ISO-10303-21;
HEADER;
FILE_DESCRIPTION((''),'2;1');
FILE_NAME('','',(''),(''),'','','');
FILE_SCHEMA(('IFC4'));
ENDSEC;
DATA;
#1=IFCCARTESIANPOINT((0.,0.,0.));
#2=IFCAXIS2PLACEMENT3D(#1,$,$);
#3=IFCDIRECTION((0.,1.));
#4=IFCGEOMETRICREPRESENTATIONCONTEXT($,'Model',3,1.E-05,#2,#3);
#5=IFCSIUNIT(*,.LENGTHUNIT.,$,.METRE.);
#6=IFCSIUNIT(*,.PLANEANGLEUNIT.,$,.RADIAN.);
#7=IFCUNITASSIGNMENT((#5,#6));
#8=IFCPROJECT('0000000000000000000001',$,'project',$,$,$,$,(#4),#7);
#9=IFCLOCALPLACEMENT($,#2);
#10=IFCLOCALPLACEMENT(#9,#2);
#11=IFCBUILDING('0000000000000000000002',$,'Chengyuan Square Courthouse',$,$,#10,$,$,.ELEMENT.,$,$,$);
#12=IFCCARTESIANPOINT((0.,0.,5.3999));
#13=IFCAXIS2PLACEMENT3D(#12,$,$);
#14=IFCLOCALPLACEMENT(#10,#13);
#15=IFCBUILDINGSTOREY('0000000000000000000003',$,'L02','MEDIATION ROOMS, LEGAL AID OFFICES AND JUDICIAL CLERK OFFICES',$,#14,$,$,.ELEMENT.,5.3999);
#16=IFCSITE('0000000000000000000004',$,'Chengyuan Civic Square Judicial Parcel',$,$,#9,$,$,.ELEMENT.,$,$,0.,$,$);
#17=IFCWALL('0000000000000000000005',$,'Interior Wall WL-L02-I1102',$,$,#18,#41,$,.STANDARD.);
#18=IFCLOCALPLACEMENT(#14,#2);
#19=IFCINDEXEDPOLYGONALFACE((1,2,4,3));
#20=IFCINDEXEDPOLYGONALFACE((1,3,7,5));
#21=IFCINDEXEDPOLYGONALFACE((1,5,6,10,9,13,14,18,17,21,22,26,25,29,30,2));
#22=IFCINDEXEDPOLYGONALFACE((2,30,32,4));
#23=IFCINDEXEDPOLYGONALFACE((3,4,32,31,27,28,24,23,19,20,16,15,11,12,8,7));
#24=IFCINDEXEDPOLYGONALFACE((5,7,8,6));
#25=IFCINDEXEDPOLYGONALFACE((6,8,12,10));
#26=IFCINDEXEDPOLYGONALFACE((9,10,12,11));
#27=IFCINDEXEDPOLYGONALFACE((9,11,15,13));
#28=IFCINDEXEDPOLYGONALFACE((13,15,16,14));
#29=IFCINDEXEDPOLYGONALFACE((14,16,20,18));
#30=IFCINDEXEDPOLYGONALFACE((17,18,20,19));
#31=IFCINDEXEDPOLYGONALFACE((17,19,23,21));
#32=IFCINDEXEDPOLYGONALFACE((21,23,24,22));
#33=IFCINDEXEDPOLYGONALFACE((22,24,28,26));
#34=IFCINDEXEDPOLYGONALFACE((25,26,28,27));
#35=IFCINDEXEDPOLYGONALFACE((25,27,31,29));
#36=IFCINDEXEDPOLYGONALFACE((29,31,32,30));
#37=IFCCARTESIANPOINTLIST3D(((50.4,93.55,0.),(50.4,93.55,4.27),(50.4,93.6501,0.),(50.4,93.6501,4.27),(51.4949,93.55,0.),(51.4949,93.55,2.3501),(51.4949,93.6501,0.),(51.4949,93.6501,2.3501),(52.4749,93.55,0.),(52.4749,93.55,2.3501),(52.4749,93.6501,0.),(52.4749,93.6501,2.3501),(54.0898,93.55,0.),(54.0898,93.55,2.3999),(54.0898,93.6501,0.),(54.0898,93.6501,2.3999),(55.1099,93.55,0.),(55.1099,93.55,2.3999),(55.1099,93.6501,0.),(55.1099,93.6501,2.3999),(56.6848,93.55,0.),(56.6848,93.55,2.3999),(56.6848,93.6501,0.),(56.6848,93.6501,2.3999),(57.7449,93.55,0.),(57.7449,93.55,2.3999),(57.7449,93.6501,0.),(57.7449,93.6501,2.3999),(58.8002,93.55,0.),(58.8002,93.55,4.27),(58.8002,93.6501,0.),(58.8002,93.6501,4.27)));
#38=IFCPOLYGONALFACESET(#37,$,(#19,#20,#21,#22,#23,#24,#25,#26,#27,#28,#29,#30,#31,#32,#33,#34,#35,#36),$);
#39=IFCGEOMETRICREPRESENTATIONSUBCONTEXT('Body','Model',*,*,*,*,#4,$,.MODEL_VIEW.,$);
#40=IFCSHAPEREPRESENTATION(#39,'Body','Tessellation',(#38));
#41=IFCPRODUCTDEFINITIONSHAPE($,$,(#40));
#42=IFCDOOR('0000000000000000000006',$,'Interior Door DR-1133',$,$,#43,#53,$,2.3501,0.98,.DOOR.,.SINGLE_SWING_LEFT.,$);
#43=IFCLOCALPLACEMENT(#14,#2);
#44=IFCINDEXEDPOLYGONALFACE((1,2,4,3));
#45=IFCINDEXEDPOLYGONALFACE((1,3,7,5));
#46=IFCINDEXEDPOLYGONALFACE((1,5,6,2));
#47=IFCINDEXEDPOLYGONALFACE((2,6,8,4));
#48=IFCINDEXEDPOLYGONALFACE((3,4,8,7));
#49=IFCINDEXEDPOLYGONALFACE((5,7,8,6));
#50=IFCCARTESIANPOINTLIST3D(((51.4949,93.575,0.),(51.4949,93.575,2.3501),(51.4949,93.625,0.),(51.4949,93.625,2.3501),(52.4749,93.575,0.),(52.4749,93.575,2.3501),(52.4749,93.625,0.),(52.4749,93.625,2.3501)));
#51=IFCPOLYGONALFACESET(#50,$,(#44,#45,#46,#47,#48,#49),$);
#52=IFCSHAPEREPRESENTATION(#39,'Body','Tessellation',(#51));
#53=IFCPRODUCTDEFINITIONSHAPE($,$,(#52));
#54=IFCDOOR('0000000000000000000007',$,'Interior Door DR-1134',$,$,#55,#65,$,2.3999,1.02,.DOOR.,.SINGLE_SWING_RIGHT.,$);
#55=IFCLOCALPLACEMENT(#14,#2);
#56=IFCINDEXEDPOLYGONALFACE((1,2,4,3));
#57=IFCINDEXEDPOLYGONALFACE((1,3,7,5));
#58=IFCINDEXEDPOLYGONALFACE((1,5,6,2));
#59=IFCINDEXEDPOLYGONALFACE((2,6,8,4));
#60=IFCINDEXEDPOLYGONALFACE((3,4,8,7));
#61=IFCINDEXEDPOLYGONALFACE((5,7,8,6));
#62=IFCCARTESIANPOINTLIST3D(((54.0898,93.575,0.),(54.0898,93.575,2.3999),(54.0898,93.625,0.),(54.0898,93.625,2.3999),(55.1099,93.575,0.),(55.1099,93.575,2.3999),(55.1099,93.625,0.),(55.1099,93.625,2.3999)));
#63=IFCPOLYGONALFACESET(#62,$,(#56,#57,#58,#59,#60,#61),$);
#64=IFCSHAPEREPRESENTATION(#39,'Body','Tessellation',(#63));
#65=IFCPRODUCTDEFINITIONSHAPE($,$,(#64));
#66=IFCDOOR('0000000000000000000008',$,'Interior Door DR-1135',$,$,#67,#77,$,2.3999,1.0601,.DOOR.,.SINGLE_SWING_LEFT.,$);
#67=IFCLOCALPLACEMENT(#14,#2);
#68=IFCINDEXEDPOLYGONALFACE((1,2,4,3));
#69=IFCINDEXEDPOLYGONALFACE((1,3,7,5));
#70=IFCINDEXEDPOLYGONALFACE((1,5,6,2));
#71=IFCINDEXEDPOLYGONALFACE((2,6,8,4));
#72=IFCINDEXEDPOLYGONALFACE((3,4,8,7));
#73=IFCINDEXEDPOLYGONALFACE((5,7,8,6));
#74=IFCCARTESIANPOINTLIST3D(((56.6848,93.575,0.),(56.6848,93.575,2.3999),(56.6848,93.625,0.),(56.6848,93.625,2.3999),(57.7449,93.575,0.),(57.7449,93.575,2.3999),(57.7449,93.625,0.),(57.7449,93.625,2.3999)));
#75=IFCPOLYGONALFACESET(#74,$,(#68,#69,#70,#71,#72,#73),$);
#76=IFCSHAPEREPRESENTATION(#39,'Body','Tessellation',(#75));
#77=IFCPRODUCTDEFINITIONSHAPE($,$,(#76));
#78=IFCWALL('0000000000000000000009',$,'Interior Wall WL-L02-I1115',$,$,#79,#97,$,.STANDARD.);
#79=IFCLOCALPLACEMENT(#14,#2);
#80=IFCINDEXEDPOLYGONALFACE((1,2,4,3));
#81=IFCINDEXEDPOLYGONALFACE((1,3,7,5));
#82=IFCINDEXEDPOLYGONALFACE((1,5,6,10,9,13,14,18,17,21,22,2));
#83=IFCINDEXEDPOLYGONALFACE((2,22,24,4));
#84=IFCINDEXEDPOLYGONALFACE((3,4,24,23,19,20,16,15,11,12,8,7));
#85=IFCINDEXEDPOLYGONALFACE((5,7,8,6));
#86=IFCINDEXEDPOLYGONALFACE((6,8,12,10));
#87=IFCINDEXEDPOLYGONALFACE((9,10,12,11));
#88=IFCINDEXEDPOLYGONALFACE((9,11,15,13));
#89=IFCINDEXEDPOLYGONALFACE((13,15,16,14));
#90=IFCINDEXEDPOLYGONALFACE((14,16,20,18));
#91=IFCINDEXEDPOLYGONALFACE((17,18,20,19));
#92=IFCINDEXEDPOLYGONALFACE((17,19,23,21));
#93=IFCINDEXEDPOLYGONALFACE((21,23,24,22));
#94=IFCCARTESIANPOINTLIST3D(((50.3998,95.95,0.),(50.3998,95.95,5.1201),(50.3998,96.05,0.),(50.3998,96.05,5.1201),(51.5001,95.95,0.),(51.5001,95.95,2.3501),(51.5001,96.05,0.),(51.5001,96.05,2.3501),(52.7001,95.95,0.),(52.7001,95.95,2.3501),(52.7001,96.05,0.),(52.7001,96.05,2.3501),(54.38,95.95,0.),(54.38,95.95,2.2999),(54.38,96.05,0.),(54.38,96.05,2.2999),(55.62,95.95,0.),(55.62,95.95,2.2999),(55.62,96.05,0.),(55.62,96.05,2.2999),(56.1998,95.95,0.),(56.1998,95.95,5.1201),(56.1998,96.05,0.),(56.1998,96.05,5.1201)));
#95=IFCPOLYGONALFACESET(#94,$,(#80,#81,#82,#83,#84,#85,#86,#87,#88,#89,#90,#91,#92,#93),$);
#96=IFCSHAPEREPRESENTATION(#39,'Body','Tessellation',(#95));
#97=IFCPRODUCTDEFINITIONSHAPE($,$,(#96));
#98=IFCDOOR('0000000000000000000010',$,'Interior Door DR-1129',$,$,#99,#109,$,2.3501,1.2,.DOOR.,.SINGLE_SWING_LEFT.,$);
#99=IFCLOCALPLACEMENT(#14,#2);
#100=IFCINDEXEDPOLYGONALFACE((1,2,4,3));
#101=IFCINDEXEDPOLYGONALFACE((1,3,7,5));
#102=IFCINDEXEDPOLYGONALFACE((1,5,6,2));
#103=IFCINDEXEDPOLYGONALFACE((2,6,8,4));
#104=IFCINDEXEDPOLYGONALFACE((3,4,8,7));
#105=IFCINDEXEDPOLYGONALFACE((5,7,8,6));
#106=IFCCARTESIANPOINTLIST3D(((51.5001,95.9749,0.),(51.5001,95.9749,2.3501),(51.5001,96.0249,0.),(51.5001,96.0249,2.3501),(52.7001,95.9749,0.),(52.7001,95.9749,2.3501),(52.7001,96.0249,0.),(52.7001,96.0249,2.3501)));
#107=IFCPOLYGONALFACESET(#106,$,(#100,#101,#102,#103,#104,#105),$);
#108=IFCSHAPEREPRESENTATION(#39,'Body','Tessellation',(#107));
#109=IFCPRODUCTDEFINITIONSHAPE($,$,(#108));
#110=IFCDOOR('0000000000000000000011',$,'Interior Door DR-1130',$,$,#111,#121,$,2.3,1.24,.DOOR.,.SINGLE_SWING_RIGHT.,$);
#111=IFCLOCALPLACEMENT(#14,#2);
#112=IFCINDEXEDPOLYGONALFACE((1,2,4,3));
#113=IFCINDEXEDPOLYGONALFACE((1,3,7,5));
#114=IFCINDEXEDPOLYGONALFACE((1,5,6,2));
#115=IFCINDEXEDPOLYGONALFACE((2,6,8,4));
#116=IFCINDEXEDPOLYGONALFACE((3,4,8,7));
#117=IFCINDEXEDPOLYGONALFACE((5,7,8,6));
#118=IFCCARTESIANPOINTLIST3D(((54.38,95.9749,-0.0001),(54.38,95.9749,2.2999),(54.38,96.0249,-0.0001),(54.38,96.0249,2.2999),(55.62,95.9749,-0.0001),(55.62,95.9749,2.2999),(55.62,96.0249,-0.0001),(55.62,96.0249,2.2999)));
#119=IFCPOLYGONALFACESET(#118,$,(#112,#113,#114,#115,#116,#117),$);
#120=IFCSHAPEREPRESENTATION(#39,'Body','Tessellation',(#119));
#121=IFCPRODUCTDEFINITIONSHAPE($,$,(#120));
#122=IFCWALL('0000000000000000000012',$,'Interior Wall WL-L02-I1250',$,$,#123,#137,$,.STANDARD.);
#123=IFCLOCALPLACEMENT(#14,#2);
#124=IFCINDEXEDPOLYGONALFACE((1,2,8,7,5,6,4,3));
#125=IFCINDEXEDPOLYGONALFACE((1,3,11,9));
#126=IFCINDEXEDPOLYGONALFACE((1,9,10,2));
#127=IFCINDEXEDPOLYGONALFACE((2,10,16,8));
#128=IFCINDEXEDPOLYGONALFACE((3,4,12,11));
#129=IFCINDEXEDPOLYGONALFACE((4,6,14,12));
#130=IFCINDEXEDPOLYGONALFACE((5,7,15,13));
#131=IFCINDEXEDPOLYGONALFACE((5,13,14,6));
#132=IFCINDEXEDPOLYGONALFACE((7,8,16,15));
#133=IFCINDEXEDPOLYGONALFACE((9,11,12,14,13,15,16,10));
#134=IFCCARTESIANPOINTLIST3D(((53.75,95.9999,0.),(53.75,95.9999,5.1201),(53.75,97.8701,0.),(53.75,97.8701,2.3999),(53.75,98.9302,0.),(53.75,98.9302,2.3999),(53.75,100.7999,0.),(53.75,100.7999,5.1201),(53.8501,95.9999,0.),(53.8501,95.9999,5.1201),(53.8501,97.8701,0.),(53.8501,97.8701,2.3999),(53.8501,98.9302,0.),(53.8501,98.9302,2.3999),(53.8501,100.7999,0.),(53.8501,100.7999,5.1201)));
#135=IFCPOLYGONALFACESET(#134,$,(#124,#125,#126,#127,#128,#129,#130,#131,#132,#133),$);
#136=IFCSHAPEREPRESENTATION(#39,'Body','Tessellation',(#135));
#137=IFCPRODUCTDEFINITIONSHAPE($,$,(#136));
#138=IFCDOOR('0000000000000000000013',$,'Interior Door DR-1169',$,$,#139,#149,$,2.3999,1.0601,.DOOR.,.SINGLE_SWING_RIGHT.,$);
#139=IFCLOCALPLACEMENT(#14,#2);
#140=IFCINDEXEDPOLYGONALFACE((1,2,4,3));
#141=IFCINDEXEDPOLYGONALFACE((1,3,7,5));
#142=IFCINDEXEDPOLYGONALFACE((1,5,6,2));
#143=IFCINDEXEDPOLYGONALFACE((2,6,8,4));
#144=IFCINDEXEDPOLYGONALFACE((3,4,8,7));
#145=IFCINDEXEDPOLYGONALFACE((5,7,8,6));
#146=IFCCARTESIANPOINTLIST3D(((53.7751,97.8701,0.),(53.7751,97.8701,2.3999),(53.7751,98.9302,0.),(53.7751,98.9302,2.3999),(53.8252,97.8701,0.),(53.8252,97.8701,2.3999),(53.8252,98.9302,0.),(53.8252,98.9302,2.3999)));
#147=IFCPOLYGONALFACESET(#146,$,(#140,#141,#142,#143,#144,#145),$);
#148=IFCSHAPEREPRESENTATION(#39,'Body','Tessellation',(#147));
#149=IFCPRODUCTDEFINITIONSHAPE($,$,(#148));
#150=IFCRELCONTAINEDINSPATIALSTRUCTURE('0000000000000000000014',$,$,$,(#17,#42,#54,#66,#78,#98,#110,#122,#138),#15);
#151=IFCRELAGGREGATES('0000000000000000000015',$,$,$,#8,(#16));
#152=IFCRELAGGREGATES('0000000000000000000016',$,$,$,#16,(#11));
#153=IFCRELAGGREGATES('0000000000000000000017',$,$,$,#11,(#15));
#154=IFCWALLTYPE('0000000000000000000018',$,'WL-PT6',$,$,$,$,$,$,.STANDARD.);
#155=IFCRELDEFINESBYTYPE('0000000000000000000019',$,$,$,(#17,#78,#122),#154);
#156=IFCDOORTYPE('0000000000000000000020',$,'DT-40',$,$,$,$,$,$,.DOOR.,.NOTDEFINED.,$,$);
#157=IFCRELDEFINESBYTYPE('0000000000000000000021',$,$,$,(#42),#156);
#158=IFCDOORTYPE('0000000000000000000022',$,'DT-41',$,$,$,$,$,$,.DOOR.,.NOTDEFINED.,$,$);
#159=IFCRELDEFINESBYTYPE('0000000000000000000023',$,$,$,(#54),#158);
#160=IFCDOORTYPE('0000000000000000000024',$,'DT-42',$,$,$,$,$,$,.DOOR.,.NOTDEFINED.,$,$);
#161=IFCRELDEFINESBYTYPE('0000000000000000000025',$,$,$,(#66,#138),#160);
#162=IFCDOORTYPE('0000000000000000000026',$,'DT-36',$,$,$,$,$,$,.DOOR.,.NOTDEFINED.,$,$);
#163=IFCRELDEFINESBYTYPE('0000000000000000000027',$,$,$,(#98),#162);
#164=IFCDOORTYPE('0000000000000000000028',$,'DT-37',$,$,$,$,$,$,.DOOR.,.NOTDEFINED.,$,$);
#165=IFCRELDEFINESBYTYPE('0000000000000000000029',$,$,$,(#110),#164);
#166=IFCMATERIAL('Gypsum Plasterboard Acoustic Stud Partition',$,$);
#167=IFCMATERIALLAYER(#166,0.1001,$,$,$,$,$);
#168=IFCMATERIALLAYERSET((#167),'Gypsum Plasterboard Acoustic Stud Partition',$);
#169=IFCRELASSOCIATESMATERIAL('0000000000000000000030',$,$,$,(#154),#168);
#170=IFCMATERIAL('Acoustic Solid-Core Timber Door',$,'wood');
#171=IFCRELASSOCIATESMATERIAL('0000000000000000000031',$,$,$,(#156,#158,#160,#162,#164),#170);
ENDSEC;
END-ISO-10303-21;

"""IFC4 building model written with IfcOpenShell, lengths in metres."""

from ifc_helpers import new_model, si_unit, direction, frame, frame_2d, origin, place, context, subcontext, project, spatial, rectangle, extrude, material, layer, layer_set, type_object, element, fill, save


model = new_model("IFC4")

# Units and contexts
model_context = context("Model", 3, precision=1e-05, world=origin(), true_north=direction((0.0, 1.0)))
body_context = subcontext(model_context, "Body", "Model", "MODEL_VIEW")
ifc_project = project(units=[si_unit("LENGTHUNIT", "METRE"), si_unit("PLANEANGLEUNIT", "RADIAN")], contexts=[model_context])

# Site, building, storey
site_placement = place(None, origin())
site = spatial("IfcSite", under=ifc_project, at=site_placement, Name="Chengyuan Civic Square Judicial Parcel", CompositionType="ELEMENT", RefElevation=0.0)
building_placement = place(site_placement, origin())
building = spatial("IfcBuilding", under=site, at=building_placement, Name="Chengyuan Square Courthouse", CompositionType="ELEMENT")
storey_placement = place(building_placement, frame((0.0, 0.0, 5.3999)))
storey = spatial("IfcBuildingStorey", under=building, at=storey_placement, Name="L02", Description="MEDIATION ROOMS, LEGAL AID OFFICES AND JUDICIAL CLERK OFFICES", CompositionType="ELEMENT", Elevation=5.3999)

# Shared definitions
ifc_material_1 = material(Name="Acoustic Solid-Core Timber Door", Category="wood")

# Walls, openings, doors
ifc_material_2 = material(Name="Gypsum Plasterboard Acoustic Stud Partition")
ifc_layer_1 = layer(ifc_material_2, 0.1001)
ifc_layer_set_1 = layer_set([ifc_layer_1], Name="Gypsum Plasterboard Acoustic Stud Partition")
wall_type_1 = type_object("IfcWallType", Name="WL-PT6", PredefinedType="STANDARD", material=ifc_layer_set_1)
wall_1_placement = place(storey_placement, frame((50.3999, 93.6001, 0.0), z_axis=(0.0, 0.0, 1.0), x_axis=(1.0, 0.0, 0.0)))
wall_1 = element("IfcWall", 1, at=wall_1_placement, inside=storey, type_object=wall_type_1, Name="Interior Wall WL-L02-I1102", PredefinedType="STANDARD", context=body_context, shape_type="SweptSolid", body=[
    extrude(rectangle(XDim=8.4001, YDim=0.1001, at=frame_2d((4.2002, 0.0))), origin(), (0.0, 0.0, 1.0), 4.27),
])
opening_1_placement = place(wall_1_placement, frame((1.095, 0.0, 0.0)))
opening_1 = element("IfcOpeningElement", 2, at=opening_1_placement, cuts=wall_1, PredefinedType="OPENING", context=body_context, shape_type="SweptSolid", body=[
    extrude(rectangle(XDim=0.98, YDim=2.3501, at=frame_2d((0.49, 1.175))), frame((0.0, 0.062, 0.0), z_axis=(0.0, -1.0, 0.0), x_axis=(1.0, 0.0, 0.0)), (0.0, 0.0, 1.0), 0.124),
])
opening_2_placement = place(wall_1_placement, frame((3.6899, 0.0, 0.0)))
opening_2 = element("IfcOpeningElement", 3, at=opening_2_placement, cuts=wall_1, PredefinedType="OPENING", context=body_context, shape_type="SweptSolid", body=[
    extrude(rectangle(XDim=1.02, YDim=2.3999, at=frame_2d((0.51, 1.2))), frame((0.0, 0.062, 0.0), z_axis=(0.0, -1.0, 0.0), x_axis=(1.0, 0.0, 0.0)), (0.0, 0.0, 1.0), 0.124),
])
opening_3_placement = place(wall_1_placement, frame((6.2849, 0.0, 0.0)))
opening_3 = element("IfcOpeningElement", 4, at=opening_3_placement, cuts=wall_1, PredefinedType="OPENING", context=body_context, shape_type="SweptSolid", body=[
    extrude(rectangle(XDim=1.0601, YDim=2.3999, at=frame_2d((0.53, 1.2))), frame((0.0, 0.062, 0.0), z_axis=(0.0, -1.0, 0.0), x_axis=(1.0, 0.0, 0.0)), (0.0, 0.0, 1.0), 0.124),
])
door_type_1 = type_object("IfcDoorType", Name="DT-40", OperationType="NOTDEFINED", PredefinedType="DOOR", material=ifc_material_1)
door_1_placement = place(opening_1_placement, origin())
door_1 = element("IfcDoor", 5, at=door_1_placement, inside=storey, type_object=door_type_1, Name="Interior Door DR-1133", OperationType="SINGLE_SWING_LEFT", OverallHeight=2.3501, OverallWidth=0.98, PredefinedType="DOOR", context=body_context, shape_type="SweptSolid", body=[
    extrude(rectangle(XDim=0.98, YDim=2.3501, at=frame_2d((0.49, 1.175))), frame((0.0, 0.0249, 0.0), z_axis=(0.0, -1.0, 0.0), x_axis=(1.0, 0.0, 0.0)), (0.0, 0.0, 1.0), 0.05),
])
fill(opening_1, door_1)
door_type_2 = type_object("IfcDoorType", Name="DT-41", OperationType="NOTDEFINED", PredefinedType="DOOR", material=ifc_material_1)
door_2_placement = place(opening_2_placement, origin())
door_2 = element("IfcDoor", 6, at=door_2_placement, inside=storey, type_object=door_type_2, Name="Interior Door DR-1134", OperationType="SINGLE_SWING_RIGHT", OverallHeight=2.3999, OverallWidth=1.02, PredefinedType="DOOR", context=body_context, shape_type="SweptSolid", body=[
    extrude(rectangle(XDim=1.02, YDim=2.3999, at=frame_2d((0.51, 1.2))), frame((0.0, 0.0249, 0.0), z_axis=(0.0, -1.0, 0.0), x_axis=(1.0, 0.0, 0.0)), (0.0, 0.0, 1.0), 0.05),
])
fill(opening_2, door_2)
door_type_3 = type_object("IfcDoorType", Name="DT-42", OperationType="NOTDEFINED", PredefinedType="DOOR", material=ifc_material_1)
door_3_placement = place(opening_3_placement, origin())
door_3 = element("IfcDoor", 7, at=door_3_placement, inside=storey, type_object=door_type_3, Name="Interior Door DR-1135", OperationType="SINGLE_SWING_LEFT", OverallHeight=2.3999, OverallWidth=1.0601, PredefinedType="DOOR", context=body_context, shape_type="SweptSolid", body=[
    extrude(rectangle(XDim=1.0601, YDim=2.3999, at=frame_2d((0.53, 1.2))), frame((0.0, 0.0249, 0.0), z_axis=(0.0, -1.0, 0.0), x_axis=(1.0, 0.0, 0.0)), (0.0, 0.0, 1.0), 0.05),
])
fill(opening_3, door_3)
wall_2_placement = place(storey_placement, frame((50.3999, 96.0, 0.0), z_axis=(0.0, 0.0, 1.0), x_axis=(1.0, 0.0, 0.0)))
wall_2 = element("IfcWall", 8, at=wall_2_placement, inside=storey, type_object=wall_type_1, Name="Interior Wall WL-L02-I1115", PredefinedType="STANDARD", context=body_context, shape_type="SweptSolid", body=[
    extrude(rectangle(XDim=5.8, YDim=0.1001, at=frame_2d((2.8999, 0.0))), origin(), (0.0, 0.0, 1.0), 5.1201),
])
opening_4_placement = place(wall_2_placement, frame((1.1001, 0.0, 0.0)))
opening_4 = element("IfcOpeningElement", 9, at=opening_4_placement, cuts=wall_2, PredefinedType="OPENING", context=body_context, shape_type="SweptSolid", body=[
    extrude(rectangle(XDim=1.2, YDim=2.3501, at=frame_2d((0.6001, 1.175))), frame((0.0, 0.062, 0.0), z_axis=(0.0, -1.0, 0.0), x_axis=(1.0, 0.0, 0.0)), (0.0, 0.0, 1.0), 0.124),
])
opening_5_placement = place(wall_2_placement, frame((3.98, 0.0, 0.0)))
opening_5 = element("IfcOpeningElement", 10, at=opening_5_placement, cuts=wall_2, PredefinedType="OPENING", context=body_context, shape_type="SweptSolid", body=[
    extrude(rectangle(XDim=1.24, YDim=2.3, at=frame_2d((0.6201, 1.1499))), frame((0.0, 0.062, 0.0), z_axis=(0.0, -1.0, 0.0), x_axis=(1.0, 0.0, 0.0)), (0.0, 0.0, 1.0), 0.124),
])
door_type_4 = type_object("IfcDoorType", Name="DT-36", OperationType="NOTDEFINED", PredefinedType="DOOR", material=ifc_material_1)
door_4_placement = place(opening_4_placement, origin())
door_4 = element("IfcDoor", 11, at=door_4_placement, inside=storey, type_object=door_type_4, Name="Interior Door DR-1129", OperationType="SINGLE_SWING_LEFT", OverallHeight=2.3501, OverallWidth=1.2, PredefinedType="DOOR", context=body_context, shape_type="SweptSolid", body=[
    extrude(rectangle(XDim=1.2, YDim=2.3501, at=frame_2d((0.6001, 1.175))), frame((0.0, 0.0249, 0.0), z_axis=(0.0, -1.0, 0.0), x_axis=(1.0, 0.0, 0.0)), (0.0, 0.0, 1.0), 0.05),
])
fill(opening_4, door_4)
door_type_5 = type_object("IfcDoorType", Name="DT-37", OperationType="NOTDEFINED", PredefinedType="DOOR", material=ifc_material_1)
door_5_placement = place(opening_5_placement, origin())
door_5 = element("IfcDoor", 12, at=door_5_placement, inside=storey, type_object=door_type_5, Name="Interior Door DR-1130", OperationType="SINGLE_SWING_RIGHT", OverallHeight=2.3, OverallWidth=1.24, PredefinedType="DOOR", context=body_context, shape_type="SweptSolid", body=[
    extrude(rectangle(XDim=1.24, YDim=2.3, at=frame_2d((0.6201, 1.1499))), frame((0.0, 0.0249, 0.0), z_axis=(0.0, -1.0, 0.0), x_axis=(1.0, 0.0, 0.0)), (0.0, 0.0, 1.0), 0.05),
])
fill(opening_5, door_5)

# Wall, opening, door
wall_3_placement = place(storey_placement, frame((53.8, 96.0, 0.0), z_axis=(0.0, 0.0, 1.0), x_axis=(0.0, 1.0, 0.0)))
wall_3 = element("IfcWall", 13, at=wall_3_placement, inside=storey, type_object=wall_type_1, Name="Interior Wall WL-L02-I1250", PredefinedType="STANDARD", context=body_context, shape_type="SweptSolid", body=[
    extrude(rectangle(XDim=4.8, YDim=0.1001, at=frame_2d((2.3999, 0.0))), origin(), (0.0, 0.0, 1.0), 5.1201),
])
opening_6_placement = place(wall_3_placement, frame((1.8701, 0.0, 0.0)))
opening_6 = element("IfcOpeningElement", 14, at=opening_6_placement, cuts=wall_3, PredefinedType="OPENING", context=body_context, shape_type="SweptSolid", body=[
    extrude(rectangle(XDim=1.0601, YDim=2.3999, at=frame_2d((0.53, 1.2))), frame((0.0, 0.062, 0.0), z_axis=(0.0, -1.0, 0.0), x_axis=(1.0, 0.0, 0.0)), (0.0, 0.0, 1.0), 0.124),
])
door_6_placement = place(opening_6_placement, origin())
door_6 = element("IfcDoor", 15, at=door_6_placement, inside=storey, type_object=door_type_3, Name="Interior Door DR-1169", OperationType="SINGLE_SWING_RIGHT", OverallHeight=2.3999, OverallWidth=1.0601, PredefinedType="DOOR", context=body_context, shape_type="SweptSolid", body=[
    extrude(rectangle(XDim=1.0601, YDim=2.3999, at=frame_2d((0.53, 1.2))), frame((0.0, 0.0249, 0.0), z_axis=(0.0, -1.0, 0.0), x_axis=(1.0, 0.0, 0.0)), (0.0, 0.0, 1.0), 0.05),
])
fill(opening_6, door_6)

save(model, "model.ifc")
